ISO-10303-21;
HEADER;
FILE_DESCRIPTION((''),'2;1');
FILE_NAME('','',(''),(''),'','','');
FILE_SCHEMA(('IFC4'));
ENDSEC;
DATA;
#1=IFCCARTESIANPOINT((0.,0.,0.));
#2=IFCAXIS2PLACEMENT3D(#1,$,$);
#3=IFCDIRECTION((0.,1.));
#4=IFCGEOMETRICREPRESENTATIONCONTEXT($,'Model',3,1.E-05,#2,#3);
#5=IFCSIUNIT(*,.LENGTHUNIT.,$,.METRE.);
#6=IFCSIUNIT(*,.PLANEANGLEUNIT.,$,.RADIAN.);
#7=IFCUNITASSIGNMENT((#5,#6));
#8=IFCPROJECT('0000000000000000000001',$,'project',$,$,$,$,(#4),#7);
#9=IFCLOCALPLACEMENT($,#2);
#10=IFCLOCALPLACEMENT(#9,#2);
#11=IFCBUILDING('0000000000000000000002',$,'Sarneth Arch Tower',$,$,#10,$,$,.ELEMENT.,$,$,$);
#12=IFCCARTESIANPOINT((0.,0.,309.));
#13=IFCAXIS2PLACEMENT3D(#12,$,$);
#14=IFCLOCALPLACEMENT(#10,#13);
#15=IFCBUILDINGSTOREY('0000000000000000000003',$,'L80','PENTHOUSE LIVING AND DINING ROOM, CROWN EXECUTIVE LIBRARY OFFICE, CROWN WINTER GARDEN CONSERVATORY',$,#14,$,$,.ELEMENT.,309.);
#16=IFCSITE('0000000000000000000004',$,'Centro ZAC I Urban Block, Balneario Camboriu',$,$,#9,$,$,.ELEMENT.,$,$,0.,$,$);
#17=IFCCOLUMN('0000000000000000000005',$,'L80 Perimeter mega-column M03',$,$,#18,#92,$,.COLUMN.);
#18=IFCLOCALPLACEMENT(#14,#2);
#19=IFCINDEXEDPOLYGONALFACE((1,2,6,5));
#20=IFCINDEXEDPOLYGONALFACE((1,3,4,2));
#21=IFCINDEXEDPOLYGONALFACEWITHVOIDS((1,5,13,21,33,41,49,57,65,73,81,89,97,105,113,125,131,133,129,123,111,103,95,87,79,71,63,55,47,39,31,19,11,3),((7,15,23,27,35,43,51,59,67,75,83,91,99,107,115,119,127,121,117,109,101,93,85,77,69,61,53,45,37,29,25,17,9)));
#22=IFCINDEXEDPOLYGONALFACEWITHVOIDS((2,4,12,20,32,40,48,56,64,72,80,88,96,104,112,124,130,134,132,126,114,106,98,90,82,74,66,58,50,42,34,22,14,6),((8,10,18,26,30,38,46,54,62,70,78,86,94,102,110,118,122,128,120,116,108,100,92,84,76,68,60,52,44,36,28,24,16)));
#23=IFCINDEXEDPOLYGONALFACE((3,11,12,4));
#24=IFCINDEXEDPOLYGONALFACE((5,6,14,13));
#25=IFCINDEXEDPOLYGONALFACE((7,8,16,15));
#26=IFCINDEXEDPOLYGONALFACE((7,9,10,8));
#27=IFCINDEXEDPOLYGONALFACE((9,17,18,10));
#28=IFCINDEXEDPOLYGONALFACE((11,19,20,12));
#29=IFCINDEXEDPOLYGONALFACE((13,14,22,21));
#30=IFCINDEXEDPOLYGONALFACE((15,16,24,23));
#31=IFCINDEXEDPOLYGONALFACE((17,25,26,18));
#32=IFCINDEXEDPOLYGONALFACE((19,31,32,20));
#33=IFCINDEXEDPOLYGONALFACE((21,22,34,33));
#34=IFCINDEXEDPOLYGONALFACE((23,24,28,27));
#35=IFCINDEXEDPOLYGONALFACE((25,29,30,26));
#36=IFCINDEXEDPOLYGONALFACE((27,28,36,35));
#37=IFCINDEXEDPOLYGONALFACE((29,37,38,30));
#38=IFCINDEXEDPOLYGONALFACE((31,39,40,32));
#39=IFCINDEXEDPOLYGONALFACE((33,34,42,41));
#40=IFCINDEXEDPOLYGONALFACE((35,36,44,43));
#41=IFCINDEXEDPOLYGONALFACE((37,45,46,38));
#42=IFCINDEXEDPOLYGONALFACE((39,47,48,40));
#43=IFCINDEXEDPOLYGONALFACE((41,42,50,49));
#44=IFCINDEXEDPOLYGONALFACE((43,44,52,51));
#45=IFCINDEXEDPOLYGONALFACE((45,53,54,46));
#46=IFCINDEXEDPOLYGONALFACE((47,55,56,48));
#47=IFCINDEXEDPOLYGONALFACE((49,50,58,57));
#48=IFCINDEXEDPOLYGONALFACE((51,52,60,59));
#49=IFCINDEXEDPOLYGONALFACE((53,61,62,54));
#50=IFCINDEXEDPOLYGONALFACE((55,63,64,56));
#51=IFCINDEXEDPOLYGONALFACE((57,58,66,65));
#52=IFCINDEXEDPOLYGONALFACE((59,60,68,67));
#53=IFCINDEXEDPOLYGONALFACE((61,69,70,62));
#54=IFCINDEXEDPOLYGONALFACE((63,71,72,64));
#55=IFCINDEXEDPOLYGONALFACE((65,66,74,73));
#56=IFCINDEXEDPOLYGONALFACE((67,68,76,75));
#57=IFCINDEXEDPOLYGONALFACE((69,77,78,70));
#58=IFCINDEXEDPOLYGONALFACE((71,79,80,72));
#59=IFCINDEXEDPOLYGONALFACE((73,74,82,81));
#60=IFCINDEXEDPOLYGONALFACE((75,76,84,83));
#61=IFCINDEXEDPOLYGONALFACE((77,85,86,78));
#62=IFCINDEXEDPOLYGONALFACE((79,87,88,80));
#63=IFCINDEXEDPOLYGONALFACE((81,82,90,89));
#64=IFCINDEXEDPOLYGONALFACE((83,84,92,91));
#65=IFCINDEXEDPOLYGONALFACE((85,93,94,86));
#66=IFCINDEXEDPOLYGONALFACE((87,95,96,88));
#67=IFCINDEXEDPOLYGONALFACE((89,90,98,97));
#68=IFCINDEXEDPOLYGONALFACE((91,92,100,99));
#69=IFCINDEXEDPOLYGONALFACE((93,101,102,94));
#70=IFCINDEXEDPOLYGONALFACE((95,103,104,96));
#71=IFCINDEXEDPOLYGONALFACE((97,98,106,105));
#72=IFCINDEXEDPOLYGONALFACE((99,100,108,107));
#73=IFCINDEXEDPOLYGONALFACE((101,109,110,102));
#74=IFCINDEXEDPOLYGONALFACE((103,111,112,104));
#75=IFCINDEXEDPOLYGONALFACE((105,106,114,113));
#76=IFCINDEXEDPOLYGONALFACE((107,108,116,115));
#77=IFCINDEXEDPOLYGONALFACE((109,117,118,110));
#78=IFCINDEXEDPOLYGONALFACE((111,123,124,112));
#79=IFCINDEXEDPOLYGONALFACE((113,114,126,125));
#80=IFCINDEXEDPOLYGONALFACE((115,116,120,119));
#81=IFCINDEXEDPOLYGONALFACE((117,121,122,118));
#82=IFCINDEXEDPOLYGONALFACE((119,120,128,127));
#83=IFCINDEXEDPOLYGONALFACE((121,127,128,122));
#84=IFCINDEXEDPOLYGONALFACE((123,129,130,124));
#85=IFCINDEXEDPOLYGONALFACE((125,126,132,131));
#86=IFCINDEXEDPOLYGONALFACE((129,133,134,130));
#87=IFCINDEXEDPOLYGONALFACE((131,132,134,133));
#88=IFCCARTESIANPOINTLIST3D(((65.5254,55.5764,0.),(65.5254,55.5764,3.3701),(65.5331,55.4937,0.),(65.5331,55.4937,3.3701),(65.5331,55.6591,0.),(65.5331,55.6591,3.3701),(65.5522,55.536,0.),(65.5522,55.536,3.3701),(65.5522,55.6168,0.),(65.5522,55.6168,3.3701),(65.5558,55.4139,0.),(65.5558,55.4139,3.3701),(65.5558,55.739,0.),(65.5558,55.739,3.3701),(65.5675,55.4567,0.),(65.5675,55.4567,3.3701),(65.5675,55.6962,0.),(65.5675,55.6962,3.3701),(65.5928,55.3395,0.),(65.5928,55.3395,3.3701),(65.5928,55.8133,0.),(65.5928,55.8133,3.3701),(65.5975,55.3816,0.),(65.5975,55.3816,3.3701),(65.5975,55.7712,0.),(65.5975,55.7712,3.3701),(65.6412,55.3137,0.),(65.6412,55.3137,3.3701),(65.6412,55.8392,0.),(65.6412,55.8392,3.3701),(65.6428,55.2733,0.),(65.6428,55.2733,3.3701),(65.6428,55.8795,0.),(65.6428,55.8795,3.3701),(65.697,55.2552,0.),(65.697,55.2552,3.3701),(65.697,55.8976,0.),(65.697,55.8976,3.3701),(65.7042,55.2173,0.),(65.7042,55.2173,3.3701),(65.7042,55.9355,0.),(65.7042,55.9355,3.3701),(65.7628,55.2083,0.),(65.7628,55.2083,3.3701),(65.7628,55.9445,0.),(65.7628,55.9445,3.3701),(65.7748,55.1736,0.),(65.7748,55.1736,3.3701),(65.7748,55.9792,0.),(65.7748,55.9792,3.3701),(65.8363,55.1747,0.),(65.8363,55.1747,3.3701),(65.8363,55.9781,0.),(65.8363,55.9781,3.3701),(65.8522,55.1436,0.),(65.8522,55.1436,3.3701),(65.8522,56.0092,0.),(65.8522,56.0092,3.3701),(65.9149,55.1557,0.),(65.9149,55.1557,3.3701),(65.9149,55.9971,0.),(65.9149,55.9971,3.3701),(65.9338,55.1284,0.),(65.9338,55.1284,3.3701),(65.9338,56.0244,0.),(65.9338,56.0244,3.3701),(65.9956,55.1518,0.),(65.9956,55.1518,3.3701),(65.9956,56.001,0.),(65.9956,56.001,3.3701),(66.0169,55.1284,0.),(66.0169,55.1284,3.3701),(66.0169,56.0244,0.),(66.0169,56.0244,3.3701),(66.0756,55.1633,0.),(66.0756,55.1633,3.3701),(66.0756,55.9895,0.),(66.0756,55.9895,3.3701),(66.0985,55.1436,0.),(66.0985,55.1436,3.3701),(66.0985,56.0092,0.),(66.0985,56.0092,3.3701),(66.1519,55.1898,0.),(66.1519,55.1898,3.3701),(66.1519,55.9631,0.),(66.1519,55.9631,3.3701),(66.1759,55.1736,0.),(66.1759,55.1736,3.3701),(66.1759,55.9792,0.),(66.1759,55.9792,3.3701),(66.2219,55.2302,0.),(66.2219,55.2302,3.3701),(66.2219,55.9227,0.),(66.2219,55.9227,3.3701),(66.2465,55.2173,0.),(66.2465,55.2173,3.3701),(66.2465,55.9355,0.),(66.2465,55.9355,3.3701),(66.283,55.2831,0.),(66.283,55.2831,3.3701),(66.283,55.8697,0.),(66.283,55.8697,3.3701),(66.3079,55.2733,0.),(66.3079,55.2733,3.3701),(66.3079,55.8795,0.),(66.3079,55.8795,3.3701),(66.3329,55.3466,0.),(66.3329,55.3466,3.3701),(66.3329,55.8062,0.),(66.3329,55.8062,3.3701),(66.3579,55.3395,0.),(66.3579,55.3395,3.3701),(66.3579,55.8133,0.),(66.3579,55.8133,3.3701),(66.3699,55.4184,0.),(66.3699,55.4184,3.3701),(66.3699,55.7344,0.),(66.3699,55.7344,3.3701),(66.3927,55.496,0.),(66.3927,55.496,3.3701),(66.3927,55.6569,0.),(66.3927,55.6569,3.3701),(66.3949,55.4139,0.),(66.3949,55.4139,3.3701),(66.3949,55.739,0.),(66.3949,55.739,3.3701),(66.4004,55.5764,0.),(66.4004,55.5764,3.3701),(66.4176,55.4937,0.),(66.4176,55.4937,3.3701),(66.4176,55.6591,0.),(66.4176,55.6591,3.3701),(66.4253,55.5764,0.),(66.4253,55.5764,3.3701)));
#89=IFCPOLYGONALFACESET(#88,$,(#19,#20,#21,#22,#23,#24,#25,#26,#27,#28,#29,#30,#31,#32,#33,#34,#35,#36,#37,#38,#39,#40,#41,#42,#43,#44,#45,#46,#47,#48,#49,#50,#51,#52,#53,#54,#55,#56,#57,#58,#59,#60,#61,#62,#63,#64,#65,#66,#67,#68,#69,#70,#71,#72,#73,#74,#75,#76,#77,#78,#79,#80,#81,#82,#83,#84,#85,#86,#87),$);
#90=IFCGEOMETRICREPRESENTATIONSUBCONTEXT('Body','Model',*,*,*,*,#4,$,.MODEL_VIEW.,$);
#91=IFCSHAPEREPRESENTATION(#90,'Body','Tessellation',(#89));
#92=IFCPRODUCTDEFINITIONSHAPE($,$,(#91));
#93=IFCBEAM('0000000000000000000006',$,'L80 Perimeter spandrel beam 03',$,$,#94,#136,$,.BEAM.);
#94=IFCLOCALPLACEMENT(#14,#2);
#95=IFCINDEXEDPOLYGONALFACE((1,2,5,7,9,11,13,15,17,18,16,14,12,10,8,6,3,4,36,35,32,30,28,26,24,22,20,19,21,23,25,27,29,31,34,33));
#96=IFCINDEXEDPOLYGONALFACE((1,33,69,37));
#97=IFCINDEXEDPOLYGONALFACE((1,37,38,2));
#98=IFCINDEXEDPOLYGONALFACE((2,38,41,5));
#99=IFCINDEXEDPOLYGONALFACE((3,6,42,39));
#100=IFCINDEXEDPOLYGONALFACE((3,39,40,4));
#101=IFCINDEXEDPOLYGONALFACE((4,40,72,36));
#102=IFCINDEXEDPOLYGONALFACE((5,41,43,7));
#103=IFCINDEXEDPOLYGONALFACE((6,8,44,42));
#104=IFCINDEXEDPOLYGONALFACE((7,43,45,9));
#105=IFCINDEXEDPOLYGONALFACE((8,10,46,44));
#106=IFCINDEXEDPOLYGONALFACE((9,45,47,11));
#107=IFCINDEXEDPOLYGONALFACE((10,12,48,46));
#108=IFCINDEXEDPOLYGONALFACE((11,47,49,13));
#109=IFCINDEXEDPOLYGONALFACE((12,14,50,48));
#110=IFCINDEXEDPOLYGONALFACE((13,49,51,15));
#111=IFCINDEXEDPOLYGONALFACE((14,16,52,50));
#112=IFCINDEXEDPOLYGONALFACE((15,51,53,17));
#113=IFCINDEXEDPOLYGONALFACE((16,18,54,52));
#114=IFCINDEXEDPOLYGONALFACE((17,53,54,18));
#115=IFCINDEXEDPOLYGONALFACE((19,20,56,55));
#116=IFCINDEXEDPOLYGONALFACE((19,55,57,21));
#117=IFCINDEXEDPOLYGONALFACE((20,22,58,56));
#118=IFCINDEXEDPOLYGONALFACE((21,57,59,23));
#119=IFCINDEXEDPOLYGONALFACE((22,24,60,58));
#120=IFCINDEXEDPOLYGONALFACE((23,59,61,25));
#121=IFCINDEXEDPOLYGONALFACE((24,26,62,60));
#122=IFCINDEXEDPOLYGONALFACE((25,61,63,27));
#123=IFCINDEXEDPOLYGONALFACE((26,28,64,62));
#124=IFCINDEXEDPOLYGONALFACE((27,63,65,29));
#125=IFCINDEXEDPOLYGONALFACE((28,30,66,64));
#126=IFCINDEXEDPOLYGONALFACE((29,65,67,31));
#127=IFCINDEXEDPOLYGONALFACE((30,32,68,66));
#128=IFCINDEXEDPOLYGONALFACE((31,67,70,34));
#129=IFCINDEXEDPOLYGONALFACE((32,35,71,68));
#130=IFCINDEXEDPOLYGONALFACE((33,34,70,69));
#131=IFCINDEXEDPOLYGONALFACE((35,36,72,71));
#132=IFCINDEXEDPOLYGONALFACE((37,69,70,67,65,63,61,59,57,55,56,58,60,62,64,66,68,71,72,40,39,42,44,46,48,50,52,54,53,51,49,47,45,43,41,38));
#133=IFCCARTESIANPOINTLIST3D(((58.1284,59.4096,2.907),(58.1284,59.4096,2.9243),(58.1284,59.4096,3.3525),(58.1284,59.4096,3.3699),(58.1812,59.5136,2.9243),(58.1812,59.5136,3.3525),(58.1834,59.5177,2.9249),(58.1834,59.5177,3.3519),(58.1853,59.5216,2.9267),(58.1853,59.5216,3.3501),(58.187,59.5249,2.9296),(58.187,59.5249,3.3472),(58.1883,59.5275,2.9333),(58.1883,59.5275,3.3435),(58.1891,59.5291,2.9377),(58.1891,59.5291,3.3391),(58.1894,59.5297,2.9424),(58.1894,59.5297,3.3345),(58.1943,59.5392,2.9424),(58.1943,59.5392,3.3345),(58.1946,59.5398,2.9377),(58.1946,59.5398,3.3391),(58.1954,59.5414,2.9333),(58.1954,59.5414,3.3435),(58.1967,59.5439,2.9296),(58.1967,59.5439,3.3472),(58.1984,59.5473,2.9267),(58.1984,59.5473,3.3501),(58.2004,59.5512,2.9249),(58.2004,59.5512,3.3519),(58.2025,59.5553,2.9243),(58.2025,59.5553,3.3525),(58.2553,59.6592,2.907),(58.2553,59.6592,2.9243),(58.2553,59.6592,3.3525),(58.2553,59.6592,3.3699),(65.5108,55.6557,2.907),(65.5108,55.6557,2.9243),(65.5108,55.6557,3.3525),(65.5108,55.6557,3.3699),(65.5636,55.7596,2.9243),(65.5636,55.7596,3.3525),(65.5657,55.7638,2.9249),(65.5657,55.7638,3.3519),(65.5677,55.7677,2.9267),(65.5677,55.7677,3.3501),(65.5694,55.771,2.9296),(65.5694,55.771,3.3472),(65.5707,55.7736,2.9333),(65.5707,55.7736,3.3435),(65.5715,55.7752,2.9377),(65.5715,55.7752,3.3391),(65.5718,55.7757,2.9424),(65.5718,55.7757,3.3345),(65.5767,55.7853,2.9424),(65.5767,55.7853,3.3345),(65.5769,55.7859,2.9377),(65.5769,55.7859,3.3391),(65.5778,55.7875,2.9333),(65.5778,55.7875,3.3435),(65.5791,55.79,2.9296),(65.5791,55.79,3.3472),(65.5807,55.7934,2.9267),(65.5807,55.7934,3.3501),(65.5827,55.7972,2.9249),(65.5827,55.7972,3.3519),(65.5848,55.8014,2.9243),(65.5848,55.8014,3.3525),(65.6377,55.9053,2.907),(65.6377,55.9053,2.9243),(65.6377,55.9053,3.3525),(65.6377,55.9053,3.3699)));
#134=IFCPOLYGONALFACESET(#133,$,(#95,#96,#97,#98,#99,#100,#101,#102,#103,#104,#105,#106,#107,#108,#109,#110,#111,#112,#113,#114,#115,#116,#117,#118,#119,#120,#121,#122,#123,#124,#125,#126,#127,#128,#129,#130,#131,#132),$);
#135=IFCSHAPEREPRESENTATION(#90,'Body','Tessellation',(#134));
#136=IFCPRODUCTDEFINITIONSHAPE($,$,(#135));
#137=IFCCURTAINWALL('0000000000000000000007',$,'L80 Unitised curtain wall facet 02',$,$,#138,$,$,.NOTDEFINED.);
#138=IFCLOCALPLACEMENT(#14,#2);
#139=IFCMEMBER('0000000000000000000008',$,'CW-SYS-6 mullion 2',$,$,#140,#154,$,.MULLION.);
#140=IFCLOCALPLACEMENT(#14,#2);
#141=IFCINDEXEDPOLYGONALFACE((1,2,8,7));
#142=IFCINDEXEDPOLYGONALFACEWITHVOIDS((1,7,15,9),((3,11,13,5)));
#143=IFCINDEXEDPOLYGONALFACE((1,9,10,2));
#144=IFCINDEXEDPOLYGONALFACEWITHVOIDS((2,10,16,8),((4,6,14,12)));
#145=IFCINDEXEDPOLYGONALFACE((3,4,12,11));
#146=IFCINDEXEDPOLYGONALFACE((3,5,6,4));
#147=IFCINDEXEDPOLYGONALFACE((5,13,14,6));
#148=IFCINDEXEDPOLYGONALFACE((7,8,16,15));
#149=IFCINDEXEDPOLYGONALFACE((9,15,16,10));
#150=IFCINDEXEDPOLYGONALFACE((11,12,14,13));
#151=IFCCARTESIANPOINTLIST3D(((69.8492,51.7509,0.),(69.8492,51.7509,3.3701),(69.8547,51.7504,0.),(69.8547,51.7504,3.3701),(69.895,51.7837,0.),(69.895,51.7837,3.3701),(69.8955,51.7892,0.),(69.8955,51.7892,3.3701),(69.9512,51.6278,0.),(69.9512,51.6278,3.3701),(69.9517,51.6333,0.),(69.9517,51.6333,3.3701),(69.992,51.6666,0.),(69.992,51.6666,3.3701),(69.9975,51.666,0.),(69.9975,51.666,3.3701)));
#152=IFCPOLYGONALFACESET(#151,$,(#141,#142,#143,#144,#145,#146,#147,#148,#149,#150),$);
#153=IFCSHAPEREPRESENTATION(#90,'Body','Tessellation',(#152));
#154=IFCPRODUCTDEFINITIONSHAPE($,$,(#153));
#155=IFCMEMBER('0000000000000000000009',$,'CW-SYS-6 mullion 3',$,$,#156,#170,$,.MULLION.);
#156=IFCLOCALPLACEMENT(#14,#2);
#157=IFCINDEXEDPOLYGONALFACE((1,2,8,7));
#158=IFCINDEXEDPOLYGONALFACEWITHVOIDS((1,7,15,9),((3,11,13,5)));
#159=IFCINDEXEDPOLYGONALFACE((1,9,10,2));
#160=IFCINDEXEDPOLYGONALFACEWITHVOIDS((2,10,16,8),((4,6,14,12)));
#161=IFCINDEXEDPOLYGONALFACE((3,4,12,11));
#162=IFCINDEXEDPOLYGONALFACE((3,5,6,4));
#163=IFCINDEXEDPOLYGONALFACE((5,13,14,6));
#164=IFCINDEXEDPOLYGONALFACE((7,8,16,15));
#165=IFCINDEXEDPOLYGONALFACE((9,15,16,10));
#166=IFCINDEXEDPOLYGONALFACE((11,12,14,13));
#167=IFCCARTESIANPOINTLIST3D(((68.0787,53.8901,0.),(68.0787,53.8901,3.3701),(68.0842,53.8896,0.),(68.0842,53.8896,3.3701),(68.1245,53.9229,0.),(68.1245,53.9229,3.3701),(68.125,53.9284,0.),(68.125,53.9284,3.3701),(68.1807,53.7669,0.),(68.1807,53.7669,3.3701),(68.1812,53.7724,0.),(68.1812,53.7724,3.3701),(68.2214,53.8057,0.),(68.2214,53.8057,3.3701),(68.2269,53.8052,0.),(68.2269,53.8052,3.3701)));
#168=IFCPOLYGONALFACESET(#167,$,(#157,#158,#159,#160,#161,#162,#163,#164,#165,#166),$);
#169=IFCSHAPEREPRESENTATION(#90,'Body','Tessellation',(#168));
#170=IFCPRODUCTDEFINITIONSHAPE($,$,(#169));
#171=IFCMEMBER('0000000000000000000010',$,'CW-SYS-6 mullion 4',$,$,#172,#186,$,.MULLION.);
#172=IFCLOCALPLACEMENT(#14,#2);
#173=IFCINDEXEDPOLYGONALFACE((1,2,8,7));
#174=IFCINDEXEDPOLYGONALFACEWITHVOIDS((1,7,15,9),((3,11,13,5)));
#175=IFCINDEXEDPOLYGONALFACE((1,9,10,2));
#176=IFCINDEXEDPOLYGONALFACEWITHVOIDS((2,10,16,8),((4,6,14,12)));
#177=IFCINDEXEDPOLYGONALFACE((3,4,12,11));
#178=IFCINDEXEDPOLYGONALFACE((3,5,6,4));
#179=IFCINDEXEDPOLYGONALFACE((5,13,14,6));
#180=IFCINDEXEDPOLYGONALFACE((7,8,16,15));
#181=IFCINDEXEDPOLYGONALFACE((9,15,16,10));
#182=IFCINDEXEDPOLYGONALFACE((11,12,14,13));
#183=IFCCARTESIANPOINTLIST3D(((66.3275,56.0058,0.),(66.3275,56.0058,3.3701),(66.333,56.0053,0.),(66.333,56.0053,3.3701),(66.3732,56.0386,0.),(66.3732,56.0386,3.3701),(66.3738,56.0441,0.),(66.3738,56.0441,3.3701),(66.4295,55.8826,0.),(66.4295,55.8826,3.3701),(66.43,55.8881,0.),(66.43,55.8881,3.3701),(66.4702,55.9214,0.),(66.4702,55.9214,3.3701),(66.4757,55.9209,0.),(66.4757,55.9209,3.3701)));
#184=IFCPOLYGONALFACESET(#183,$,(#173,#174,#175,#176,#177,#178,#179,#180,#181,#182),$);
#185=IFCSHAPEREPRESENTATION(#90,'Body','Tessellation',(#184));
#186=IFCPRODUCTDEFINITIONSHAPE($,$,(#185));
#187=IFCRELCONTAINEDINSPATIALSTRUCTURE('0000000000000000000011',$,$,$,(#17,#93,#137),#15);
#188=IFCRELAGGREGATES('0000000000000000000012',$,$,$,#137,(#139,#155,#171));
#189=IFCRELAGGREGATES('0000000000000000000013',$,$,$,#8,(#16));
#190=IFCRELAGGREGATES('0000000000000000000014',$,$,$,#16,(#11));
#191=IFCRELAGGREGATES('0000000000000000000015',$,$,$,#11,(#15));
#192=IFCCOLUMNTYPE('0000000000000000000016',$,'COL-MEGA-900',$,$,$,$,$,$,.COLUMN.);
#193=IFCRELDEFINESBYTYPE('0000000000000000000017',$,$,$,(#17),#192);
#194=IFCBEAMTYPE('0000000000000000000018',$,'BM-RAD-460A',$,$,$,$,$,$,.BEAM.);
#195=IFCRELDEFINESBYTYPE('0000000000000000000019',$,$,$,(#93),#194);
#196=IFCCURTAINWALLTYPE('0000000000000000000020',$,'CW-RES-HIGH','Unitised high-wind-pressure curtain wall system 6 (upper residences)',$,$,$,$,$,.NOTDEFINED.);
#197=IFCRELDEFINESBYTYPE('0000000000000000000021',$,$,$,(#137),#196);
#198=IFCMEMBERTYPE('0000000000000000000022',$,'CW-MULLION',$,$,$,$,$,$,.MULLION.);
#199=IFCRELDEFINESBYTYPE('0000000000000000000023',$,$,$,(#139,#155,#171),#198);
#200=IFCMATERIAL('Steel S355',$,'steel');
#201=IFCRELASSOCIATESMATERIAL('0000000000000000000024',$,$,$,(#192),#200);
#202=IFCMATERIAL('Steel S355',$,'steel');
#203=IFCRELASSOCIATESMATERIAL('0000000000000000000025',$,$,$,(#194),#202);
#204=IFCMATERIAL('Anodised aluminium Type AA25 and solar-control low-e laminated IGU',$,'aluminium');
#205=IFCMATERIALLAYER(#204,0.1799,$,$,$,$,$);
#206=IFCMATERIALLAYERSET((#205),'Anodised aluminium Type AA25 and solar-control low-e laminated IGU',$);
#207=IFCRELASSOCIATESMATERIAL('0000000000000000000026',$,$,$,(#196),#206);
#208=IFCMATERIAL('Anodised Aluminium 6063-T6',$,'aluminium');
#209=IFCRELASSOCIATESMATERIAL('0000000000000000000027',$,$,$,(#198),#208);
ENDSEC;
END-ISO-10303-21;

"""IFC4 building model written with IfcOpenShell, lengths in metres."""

from ifc_helpers import new_model, si_unit, direction, frame, origin, origin_2d, place, context, subcontext, project, spatial, hollow_rectangle, hollow_circle, i_section, extrude, material, layer, layer_set, material_profile, profile_set, type_object, element, aggregate, save


model = new_model("IFC4")

# Units and contexts
model_context = context("Model", 3, precision=1e-05, world=origin(), true_north=direction((0.0, 1.0)))
body_context = subcontext(model_context, "Body", "Model", "MODEL_VIEW")
ifc_project = project(units=[si_unit("LENGTHUNIT", "METRE"), si_unit("PLANEANGLEUNIT", "RADIAN")], contexts=[model_context])

# Site, building, storey
site_placement = place(None, origin())
site = spatial("IfcSite", under=ifc_project, at=site_placement, Name="Centro ZAC I Urban Block, Balneario Camboriu", CompositionType="ELEMENT", RefElevation=0.0)
building_placement = place(site_placement, origin())
building = spatial("IfcBuilding", under=site, at=building_placement, Name="Sarneth Arch Tower", CompositionType="ELEMENT")
storey_placement = place(building_placement, frame((0.0, 0.0, 309.0)))
storey = spatial("IfcBuildingStorey", under=building, at=storey_placement, Name="L80", Description="PENTHOUSE LIVING AND DINING ROOM, CROWN EXECUTIVE LIBRARY OFFICE, CROWN WINTER GARDEN CONSERVATORY", CompositionType="ELEMENT", Elevation=309.0)

# Column
ifc_material_1 = material(Name="Steel S355", Category="steel")
ifc_material_profile_1 = material_profile(ifc_material_1, hollow_circle(Radius=0.45, WallThickness=0.0249, at=origin_2d()), Name="CHS900x25")
ifc_profile_set_1 = profile_set([ifc_material_profile_1], Name="Steel S355")
column_type = type_object("IfcColumnType", Name="COL-MEGA-900", PredefinedType="COLUMN", material=ifc_profile_set_1)
column_placement = place(storey_placement, frame((65.9753, 55.5764, 0.0), z_axis=(0.0, 0.0, 1.0), x_axis=(1.0, 0.0, 0.0)))
element("IfcColumn", 1, at=column_placement, inside=storey, type_object=column_type, Name="L80 Perimeter mega-column M03", PredefinedType="COLUMN", context=body_context, shape_type="SweptSolid", body=[
    extrude(hollow_circle(Radius=0.45, WallThickness=0.0249, at=origin_2d()), origin(), (0.0, 0.0, 1.0), 3.3701),
])

# Beam
ifc_material_2 = material(Name="Steel S355", Category="steel")
ifc_material_profile_2 = material_profile(ifc_material_2, i_section(OverallWidth=0.28, OverallDepth=0.4629, WebThickness=0.0107, FlangeThickness=0.0173, FilletRadius=0.0181, at=origin_2d()), Name="W460x113")
ifc_profile_set_2 = profile_set([ifc_material_profile_2], Name="Steel S355")
beam_type = type_object("IfcBeamType", Name="BM-RAD-460A", PredefinedType="BEAM", material=ifc_profile_set_2)
beam_placement = place(storey_placement, frame((65.5742, 55.7805, 3.1384), z_axis=(-0.891376, 0.453264, 0.0), x_axis=(-0.453264, -0.891376, 0.0)))
element("IfcBeam", 2, at=beam_placement, inside=storey, type_object=beam_type, Name="L80 Perimeter spandrel beam 03", PredefinedType="BEAM", context=body_context, shape_type="SweptSolid", body=[
    extrude(i_section(OverallWidth=0.28, OverallDepth=0.4629, WebThickness=0.0107, FlangeThickness=0.0173, FilletRadius=0.0181, at=origin_2d()), origin(), (0.0, 0.0, 1.0), 8.282),
])

# Curtain wall, members
ifc_material_3 = material(Name="Anodised aluminium Type AA25 and solar-control low-e laminated IGU", Category="aluminium")
ifc_layer_1 = layer(ifc_material_3, 0.1799)
ifc_layer_set_1 = layer_set([ifc_layer_1], Name="Anodised aluminium Type AA25 and solar-control low-e laminated IGU")
curtain_wall_type = type_object("IfcCurtainWallType", Name="CW-RES-HIGH", Description="Unitised high-wind-pressure curtain wall system 6 (upper residences)", PredefinedType="NOTDEFINED", material=ifc_layer_set_1)
curtain_wall_placement = place(storey_placement, origin())
curtain_wall = element("IfcCurtainWall", 3, at=curtain_wall_placement, inside=storey, type_object=curtain_wall_type, Name="L80 Unitised curtain wall facet 02", PredefinedType="NOTDEFINED")
ifc_material_4 = material(Name="Anodised Aluminium 6063-T6", Category="aluminium")
ifc_material_profile_3 = material_profile(ifc_material_4, hollow_rectangle(XDim=0.0601, YDim=0.1599, WallThickness=0.0039, at=origin_2d()), Name="AL-MULL-160x60x4")
ifc_profile_set_3 = profile_set([ifc_material_profile_3], Name="Anodised Aluminium 6063-T6")
member_type_1 = type_object("IfcMemberType", Name="CW-MULLION", PredefinedType="MULLION", material=ifc_profile_set_3)
member_1_placement = place(storey_placement, frame((69.9233, 51.7085, 0.0), z_axis=(0.0, 0.0, 1.0), x_axis=(-0.770359, -0.63761, 0.0)))
member_1 = element("IfcMember", 4, at=member_1_placement, type_object=member_type_1, Name="CW-SYS-6 mullion 2", PredefinedType="MULLION", context=body_context, shape_type="SweptSolid", body=[
    extrude(hollow_rectangle(XDim=0.0601, YDim=0.1599, WallThickness=0.0039, at=origin_2d()), origin(), (0.0, 0.0, 1.0), 3.3701),
])
member_2_placement = place(storey_placement, frame((68.1528, 53.8477, 0.0), z_axis=(0.0, 0.0, 1.0), x_axis=(-0.770359, -0.63761, 0.0)))
member_2 = element("IfcMember", 5, at=member_2_placement, type_object=member_type_1, Name="CW-SYS-6 mullion 3", PredefinedType="MULLION", context=body_context, shape_type="SweptSolid", body=[
    extrude(hollow_rectangle(XDim=0.0601, YDim=0.1599, WallThickness=0.0039, at=origin_2d()), origin(), (0.0, 0.0, 1.0), 3.3701),
])
member_3_placement = place(storey_placement, frame((66.4016, 55.9634, 0.0), z_axis=(0.0, 0.0, 1.0), x_axis=(-0.770359, -0.63761, 0.0)))
member_3 = element("IfcMember", 6, at=member_3_placement, type_object=member_type_1, Name="CW-SYS-6 mullion 4", PredefinedType="MULLION", context=body_context, shape_type="SweptSolid", body=[
    extrude(hollow_rectangle(XDim=0.0601, YDim=0.1599, WallThickness=0.0039, at=origin_2d()), origin(), (0.0, 0.0, 1.0), 3.3701),
])

aggregate(curtain_wall, [member_1, member_2, member_3])

save(model, "model.ifc")
